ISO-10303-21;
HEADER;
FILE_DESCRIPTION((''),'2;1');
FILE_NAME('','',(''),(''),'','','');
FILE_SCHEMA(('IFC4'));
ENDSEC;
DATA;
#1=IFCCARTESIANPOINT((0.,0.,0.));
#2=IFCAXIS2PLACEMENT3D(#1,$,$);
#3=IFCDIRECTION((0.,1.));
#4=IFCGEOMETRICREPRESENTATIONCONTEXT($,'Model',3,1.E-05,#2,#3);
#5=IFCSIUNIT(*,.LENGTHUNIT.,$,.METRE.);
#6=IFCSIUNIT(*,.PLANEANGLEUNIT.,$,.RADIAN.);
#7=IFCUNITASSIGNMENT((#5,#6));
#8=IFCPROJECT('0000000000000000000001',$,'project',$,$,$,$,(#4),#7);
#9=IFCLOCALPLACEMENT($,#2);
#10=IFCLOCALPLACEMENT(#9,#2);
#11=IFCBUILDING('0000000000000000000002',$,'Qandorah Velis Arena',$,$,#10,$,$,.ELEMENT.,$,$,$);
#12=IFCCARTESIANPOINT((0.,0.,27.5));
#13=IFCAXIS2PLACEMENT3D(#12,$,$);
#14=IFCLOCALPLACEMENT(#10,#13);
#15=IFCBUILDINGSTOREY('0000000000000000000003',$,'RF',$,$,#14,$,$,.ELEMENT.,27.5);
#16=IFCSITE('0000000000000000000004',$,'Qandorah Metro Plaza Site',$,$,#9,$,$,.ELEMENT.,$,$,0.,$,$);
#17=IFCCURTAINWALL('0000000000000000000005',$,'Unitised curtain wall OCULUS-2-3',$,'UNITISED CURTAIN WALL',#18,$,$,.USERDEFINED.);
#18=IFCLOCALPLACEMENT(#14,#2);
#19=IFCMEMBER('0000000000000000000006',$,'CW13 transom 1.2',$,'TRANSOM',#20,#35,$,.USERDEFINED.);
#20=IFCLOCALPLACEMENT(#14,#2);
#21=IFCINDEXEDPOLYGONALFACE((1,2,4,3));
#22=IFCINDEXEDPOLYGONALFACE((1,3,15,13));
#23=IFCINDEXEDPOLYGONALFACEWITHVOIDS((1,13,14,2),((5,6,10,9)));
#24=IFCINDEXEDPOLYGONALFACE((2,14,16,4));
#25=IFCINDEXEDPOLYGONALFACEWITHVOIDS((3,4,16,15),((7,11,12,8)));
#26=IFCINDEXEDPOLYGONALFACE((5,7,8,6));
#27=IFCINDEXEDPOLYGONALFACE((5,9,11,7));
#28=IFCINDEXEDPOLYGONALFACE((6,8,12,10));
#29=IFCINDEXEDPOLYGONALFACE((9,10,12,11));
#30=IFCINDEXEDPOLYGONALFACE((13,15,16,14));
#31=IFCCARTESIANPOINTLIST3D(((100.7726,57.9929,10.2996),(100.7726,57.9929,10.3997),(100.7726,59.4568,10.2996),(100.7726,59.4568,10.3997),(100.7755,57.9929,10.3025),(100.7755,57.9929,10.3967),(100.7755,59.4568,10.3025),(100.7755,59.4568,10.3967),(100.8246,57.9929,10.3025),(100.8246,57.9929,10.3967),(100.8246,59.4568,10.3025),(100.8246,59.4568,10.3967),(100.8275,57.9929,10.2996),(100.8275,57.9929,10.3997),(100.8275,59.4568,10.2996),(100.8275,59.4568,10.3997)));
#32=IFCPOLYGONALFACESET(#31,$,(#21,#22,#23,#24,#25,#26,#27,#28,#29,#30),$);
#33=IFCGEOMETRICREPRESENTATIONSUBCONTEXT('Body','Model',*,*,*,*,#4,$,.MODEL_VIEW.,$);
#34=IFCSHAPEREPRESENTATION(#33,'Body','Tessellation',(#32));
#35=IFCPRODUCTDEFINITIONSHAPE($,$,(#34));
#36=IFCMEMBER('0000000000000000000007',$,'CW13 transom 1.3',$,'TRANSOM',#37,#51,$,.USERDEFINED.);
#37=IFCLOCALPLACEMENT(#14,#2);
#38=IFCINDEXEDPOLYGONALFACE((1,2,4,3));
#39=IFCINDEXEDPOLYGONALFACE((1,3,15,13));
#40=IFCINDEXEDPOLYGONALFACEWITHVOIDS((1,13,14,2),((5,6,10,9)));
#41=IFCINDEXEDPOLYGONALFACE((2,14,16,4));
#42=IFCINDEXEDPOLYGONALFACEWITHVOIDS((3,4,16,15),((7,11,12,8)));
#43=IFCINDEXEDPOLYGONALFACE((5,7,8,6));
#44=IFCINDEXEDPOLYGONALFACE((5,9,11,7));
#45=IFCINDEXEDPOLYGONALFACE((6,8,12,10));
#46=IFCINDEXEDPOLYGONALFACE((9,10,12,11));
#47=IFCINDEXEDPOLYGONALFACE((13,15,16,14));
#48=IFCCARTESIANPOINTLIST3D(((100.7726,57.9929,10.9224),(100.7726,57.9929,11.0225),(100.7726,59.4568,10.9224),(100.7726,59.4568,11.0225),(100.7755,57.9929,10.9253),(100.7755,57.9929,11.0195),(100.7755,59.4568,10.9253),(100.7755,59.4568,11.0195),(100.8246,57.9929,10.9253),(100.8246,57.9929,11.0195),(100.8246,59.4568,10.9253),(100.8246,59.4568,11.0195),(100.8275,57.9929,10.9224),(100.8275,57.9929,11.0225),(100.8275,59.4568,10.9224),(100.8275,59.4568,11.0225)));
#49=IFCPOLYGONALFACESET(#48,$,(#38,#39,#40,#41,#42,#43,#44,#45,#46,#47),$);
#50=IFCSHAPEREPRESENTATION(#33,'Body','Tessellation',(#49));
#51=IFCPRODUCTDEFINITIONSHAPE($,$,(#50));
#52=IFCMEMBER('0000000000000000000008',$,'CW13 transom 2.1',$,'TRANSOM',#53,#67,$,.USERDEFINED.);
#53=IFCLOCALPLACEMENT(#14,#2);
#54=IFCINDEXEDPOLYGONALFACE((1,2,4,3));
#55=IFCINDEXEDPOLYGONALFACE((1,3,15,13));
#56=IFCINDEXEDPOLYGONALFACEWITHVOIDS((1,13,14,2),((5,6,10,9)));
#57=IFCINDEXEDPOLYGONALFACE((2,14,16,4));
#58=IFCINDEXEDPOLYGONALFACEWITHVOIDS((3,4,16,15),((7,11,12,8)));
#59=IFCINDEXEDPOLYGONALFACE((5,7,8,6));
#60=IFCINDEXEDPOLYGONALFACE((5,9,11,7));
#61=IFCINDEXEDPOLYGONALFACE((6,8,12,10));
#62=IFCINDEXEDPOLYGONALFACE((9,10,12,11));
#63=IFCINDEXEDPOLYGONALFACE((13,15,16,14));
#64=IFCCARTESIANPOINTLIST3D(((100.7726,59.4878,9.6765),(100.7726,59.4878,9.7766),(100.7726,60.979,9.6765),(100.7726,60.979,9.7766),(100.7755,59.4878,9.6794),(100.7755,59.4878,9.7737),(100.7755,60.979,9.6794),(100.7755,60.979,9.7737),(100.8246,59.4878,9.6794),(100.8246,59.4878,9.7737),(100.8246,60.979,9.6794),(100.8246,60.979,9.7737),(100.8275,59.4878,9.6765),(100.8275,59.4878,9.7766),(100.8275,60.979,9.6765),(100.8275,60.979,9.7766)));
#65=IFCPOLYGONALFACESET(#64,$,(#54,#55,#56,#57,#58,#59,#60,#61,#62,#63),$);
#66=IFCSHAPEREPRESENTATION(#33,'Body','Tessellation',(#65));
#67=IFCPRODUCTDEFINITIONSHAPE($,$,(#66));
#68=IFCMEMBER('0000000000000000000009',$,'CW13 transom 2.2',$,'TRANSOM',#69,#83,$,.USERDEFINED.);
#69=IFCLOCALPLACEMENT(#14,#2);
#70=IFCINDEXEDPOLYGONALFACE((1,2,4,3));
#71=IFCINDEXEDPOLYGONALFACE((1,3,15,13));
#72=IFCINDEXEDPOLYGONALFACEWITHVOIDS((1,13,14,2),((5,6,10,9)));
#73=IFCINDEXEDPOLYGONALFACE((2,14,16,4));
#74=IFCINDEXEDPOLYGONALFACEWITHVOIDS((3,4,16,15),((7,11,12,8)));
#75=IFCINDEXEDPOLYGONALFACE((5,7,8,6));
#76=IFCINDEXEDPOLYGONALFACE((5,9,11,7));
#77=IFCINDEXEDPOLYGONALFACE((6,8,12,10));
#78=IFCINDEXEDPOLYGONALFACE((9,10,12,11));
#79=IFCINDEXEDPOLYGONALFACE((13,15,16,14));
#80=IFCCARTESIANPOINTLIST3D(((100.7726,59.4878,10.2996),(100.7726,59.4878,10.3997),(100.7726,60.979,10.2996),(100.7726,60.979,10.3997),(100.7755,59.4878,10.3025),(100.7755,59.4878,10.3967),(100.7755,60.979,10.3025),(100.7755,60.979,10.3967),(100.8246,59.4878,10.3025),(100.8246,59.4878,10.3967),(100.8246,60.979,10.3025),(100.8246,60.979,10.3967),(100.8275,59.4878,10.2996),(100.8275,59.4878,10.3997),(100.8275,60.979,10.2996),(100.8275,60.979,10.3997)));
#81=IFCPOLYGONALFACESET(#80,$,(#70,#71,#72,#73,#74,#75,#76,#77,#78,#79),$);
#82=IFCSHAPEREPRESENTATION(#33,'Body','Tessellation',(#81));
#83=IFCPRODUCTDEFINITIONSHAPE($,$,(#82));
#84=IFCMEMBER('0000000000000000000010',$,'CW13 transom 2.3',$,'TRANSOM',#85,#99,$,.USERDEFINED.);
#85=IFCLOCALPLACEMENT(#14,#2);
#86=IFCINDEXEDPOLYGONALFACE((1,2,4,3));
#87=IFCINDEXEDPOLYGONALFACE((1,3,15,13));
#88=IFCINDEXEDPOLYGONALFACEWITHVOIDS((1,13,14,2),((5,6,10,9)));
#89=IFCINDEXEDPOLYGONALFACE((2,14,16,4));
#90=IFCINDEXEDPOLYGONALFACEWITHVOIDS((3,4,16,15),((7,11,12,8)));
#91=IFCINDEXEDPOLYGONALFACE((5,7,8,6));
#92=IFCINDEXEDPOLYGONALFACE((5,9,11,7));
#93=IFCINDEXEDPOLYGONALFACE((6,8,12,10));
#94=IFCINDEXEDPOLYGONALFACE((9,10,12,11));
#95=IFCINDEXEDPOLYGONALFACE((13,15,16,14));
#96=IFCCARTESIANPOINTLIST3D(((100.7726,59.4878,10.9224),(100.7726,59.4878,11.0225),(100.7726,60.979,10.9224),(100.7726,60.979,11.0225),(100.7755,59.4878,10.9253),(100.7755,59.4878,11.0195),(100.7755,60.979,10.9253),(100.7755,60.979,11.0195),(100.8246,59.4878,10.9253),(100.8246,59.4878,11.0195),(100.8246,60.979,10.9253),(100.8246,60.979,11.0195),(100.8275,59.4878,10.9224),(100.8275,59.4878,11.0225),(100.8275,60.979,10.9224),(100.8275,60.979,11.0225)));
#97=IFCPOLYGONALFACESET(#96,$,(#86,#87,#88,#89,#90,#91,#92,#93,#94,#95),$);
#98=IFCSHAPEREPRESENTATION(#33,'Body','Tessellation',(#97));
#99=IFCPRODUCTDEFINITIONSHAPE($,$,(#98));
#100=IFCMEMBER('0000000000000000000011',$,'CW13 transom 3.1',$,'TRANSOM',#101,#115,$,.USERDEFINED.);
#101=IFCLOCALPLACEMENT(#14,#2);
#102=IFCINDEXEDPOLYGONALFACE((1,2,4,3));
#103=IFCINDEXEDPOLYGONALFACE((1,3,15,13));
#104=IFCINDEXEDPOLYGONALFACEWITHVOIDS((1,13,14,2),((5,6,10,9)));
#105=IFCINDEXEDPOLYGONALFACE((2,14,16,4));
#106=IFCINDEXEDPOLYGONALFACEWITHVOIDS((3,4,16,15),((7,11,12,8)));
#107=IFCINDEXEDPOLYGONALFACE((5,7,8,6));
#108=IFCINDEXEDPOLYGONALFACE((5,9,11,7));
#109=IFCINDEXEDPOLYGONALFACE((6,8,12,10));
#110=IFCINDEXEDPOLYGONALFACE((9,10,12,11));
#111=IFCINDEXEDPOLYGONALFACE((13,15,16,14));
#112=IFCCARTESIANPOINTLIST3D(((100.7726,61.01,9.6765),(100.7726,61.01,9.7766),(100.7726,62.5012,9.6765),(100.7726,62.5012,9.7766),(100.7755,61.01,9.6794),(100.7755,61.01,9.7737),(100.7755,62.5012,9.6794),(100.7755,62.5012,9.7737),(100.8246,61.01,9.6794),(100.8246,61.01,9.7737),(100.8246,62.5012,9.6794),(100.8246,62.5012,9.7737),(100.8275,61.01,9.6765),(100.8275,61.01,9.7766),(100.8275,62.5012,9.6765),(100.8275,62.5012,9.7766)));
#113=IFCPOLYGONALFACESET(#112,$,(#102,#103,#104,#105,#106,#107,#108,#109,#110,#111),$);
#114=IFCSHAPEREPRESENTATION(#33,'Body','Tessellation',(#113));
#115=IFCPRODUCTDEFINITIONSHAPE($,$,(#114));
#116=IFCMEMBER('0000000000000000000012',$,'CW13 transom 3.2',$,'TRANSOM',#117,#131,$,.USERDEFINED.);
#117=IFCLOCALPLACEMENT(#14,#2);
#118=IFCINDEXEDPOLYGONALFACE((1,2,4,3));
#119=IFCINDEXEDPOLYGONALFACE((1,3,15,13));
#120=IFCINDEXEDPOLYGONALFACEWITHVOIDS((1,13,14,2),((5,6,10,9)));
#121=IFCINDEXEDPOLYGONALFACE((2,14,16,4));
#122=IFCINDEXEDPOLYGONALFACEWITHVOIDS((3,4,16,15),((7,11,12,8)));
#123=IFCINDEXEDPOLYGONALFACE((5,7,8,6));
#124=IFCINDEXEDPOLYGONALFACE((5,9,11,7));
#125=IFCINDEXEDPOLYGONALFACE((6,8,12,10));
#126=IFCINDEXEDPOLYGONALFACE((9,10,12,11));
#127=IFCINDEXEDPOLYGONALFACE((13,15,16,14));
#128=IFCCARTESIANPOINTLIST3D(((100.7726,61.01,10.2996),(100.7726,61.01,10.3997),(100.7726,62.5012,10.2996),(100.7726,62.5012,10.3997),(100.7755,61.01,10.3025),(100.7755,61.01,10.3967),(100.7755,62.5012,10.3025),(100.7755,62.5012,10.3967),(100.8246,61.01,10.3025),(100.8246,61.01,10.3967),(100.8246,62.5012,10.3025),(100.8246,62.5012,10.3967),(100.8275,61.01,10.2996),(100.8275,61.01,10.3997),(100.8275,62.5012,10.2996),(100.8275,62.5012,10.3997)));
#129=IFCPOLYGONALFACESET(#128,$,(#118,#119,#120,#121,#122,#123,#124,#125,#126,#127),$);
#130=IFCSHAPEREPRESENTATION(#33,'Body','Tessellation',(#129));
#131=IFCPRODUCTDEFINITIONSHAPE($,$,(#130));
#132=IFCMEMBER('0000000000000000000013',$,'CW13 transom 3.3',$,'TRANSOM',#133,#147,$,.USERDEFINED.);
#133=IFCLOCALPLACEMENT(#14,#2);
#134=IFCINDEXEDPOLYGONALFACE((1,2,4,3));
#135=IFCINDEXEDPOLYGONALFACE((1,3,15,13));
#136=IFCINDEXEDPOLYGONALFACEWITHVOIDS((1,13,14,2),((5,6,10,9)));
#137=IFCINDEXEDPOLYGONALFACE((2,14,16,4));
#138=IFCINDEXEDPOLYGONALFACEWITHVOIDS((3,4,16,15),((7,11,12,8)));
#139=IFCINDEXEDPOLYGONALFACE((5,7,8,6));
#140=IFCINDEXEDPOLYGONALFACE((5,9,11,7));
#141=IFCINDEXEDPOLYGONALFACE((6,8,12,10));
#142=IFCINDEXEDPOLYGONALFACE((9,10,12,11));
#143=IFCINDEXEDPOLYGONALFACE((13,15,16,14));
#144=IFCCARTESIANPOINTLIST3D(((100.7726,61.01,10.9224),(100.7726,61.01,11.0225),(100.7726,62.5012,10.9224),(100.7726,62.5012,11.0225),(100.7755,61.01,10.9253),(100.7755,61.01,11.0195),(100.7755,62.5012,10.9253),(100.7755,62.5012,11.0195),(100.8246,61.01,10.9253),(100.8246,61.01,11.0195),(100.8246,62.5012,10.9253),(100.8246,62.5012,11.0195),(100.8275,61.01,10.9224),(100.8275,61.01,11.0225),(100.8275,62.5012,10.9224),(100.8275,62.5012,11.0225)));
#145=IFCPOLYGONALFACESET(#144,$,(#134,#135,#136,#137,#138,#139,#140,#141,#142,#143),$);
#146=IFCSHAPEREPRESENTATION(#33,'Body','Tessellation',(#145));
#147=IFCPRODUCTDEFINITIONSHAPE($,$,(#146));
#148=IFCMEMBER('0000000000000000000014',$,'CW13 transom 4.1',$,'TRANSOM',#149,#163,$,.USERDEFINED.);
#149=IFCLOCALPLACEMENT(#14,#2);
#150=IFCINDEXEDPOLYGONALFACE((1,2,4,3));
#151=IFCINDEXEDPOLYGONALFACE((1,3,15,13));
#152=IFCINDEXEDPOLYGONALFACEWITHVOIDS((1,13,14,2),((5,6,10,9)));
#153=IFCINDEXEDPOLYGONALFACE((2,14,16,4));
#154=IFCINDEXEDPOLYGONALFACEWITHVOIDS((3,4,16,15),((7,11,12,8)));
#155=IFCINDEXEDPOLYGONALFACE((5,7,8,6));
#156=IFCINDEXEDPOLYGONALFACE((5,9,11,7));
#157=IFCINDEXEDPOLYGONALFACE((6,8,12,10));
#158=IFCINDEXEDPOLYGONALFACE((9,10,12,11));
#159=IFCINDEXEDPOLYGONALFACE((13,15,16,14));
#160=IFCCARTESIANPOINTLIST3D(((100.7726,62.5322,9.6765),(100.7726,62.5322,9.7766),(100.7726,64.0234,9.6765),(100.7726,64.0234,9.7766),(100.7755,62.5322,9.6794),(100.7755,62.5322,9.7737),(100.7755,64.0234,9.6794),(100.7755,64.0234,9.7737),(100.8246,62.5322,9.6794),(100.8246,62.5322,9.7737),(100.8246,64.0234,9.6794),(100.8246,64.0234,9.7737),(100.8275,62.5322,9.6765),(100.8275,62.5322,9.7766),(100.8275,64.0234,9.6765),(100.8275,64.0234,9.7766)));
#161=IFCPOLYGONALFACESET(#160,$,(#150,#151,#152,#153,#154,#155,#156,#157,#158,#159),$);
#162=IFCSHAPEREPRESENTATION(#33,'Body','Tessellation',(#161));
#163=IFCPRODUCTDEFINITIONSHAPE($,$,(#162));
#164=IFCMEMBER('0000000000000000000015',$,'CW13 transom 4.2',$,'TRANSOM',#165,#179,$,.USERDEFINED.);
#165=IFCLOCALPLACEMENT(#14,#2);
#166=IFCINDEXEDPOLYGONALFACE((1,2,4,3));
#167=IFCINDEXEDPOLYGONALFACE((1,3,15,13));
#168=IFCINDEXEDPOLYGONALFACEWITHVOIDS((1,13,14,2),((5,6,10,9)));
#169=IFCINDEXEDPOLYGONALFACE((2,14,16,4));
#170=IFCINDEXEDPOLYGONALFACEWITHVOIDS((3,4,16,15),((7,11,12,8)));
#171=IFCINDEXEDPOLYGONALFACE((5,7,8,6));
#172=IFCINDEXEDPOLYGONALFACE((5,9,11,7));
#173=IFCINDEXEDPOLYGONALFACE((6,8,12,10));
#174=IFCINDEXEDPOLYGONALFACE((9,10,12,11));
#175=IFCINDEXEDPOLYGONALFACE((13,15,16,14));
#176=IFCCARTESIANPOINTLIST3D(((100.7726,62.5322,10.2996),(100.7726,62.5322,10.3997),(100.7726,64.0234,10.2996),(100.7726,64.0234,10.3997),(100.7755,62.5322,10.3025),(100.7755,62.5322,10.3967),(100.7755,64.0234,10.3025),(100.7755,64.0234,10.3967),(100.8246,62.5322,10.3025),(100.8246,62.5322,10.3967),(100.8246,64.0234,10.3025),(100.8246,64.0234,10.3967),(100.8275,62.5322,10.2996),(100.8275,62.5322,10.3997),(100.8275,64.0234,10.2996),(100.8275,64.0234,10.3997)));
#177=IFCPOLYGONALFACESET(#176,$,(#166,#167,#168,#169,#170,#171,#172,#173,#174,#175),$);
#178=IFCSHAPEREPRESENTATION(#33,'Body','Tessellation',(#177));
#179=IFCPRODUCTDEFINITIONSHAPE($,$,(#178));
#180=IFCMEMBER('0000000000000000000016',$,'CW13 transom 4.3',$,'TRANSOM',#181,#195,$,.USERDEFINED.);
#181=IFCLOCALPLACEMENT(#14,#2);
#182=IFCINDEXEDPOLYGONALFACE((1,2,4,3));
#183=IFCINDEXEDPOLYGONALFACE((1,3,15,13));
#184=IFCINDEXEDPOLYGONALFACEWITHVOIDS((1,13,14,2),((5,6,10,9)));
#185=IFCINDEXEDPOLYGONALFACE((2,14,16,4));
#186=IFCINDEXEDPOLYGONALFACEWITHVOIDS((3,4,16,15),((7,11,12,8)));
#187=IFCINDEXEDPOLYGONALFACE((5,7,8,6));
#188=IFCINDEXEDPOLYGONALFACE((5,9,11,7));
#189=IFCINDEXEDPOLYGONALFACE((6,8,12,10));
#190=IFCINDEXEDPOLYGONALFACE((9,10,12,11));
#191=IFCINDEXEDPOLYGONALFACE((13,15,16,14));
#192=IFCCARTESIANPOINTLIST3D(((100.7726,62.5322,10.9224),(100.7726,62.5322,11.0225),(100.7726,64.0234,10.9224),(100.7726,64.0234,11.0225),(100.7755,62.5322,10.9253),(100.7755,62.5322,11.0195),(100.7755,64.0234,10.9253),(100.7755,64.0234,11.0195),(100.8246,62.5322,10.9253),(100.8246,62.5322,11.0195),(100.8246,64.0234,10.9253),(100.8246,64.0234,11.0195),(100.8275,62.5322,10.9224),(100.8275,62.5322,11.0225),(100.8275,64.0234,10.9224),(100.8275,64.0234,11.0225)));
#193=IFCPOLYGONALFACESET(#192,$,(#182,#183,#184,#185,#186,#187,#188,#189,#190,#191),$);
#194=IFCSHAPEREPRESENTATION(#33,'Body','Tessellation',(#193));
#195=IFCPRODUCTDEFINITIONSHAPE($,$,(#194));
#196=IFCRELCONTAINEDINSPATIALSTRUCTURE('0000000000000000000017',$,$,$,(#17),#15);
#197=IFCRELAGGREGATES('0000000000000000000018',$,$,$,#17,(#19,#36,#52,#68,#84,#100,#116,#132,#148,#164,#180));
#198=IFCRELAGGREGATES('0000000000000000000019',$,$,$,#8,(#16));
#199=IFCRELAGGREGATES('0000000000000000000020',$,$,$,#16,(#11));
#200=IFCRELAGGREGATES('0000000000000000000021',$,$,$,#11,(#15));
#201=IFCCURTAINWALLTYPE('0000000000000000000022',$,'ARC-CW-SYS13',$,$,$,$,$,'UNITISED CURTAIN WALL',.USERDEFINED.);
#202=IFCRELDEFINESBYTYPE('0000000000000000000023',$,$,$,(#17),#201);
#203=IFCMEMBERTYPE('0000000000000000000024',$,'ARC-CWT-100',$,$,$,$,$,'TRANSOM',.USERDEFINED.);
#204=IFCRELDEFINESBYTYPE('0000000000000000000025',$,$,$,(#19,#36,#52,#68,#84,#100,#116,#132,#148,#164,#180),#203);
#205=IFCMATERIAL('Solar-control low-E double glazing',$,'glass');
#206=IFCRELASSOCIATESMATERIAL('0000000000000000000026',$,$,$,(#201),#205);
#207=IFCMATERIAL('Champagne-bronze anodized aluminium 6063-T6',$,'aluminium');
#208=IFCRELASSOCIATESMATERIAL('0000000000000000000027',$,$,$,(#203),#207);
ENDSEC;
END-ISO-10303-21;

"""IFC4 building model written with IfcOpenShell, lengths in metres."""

from ifc_helpers import new_model, si_unit, direction, frame, origin, origin_2d, place, context, subcontext, project, spatial, hollow_rectangle, extrude, material, material_profile, profile_set, type_object, element, aggregate, save


model = new_model("IFC4")

# Units and contexts
model_context = context("Model", 3, precision=1e-05, world=origin(), true_north=direction((0.0, 1.0)))
body_context = subcontext(model_context, "Body", "Model", "MODEL_VIEW")
ifc_project = project(units=[si_unit("LENGTHUNIT", "METRE"), si_unit("PLANEANGLEUNIT", "RADIAN")], contexts=[model_context])

# Site, building, storey
site_placement = place(None, origin())
site = spatial("IfcSite", under=ifc_project, at=site_placement, Name="Qandorah Metro Plaza Site", CompositionType="ELEMENT", RefElevation=0.0)
building_placement = place(site_placement, origin())
building = spatial("IfcBuilding", under=site, at=building_placement, Name="Qandorah Velis Arena", CompositionType="ELEMENT")
storey_placement = place(building_placement, frame((0.0, 0.0, 27.5)))
storey = spatial("IfcBuildingStorey", under=building, at=storey_placement, Name="RF", CompositionType="ELEMENT", Elevation=27.5)

# Curtain wall
ifc_material_1 = material(Name="Solar-control low-E double glazing", Category="glass")
ifc_material_2 = material(Name="Champagne-bronze anodized aluminium 6063-T6", Category="aluminium")
curtain_wall_type_1 = type_object("IfcCurtainWallType", Name="ARC-CW-SYS13", ElementType="UNITISED CURTAIN WALL", PredefinedType="USERDEFINED", material=ifc_material_1)
curtain_wall_1_placement = place(storey_placement, origin())
curtain_wall_1 = element("IfcCurtainWall", 1, at=curtain_wall_1_placement, inside=storey, type_object=curtain_wall_type_1, Name="Unitised curtain wall OCULUS-2-3", ObjectType="UNITISED CURTAIN WALL", PredefinedType="USERDEFINED")

# Members
ifc_material_profile_1 = material_profile(ifc_material_2, hollow_rectangle(XDim=0.0549, YDim=0.1001, WallThickness=0.0029, at=origin_2d()), Name="ALU TRANSOM 55x100")
ifc_profile_set_1 = profile_set([ifc_material_profile_1], Name="Champagne-bronze anodized aluminium 6063-T6")
member_type_1 = type_object("IfcMemberType", Name="ARC-CWT-100", ElementType="TRANSOM", PredefinedType="USERDEFINED", material=ifc_profile_set_1)
member_1_placement = place(storey_placement, frame((100.8, 57.9929, 10.3496), z_axis=(0.0, 1.0, 0.0), x_axis=(-1.0, 0.0, 0.0)))
member_1 = element("IfcMember", 2, at=member_1_placement, type_object=member_type_1, Name="CW13 transom 1.2", ObjectType="TRANSOM", PredefinedType="USERDEFINED", context=body_context, shape_type="SweptSolid", body=[
    extrude(hollow_rectangle(XDim=0.0549, YDim=0.1001, WallThickness=0.0029, at=origin_2d()), origin(), (0.0, 0.0, 1.0), 1.4639),
])
member_2_placement = place(storey_placement, frame((100.8, 57.9929, 10.9724), z_axis=(0.0, 1.0, 0.0), x_axis=(-1.0, 0.0, 0.0)))
member_2 = element("IfcMember", 3, at=member_2_placement, type_object=member_type_1, Name="CW13 transom 1.3", ObjectType="TRANSOM", PredefinedType="USERDEFINED", context=body_context, shape_type="SweptSolid", body=[
    extrude(hollow_rectangle(XDim=0.0549, YDim=0.1001, WallThickness=0.0029, at=origin_2d()), origin(), (0.0, 0.0, 1.0), 1.4639),
])
member_3_placement = place(storey_placement, frame((100.8, 59.4878, 9.7266), z_axis=(0.0, 1.0, 0.0), x_axis=(-1.0, 0.0, 0.0)))
member_3 = element("IfcMember", 4, at=member_3_placement, type_object=member_type_1, Name="CW13 transom 2.1", ObjectType="TRANSOM", PredefinedType="USERDEFINED", context=body_context, shape_type="SweptSolid", body=[
    extrude(hollow_rectangle(XDim=0.0549, YDim=0.1001, WallThickness=0.0029, at=origin_2d()), origin(), (0.0, 0.0, 1.0), 1.4912),
])
member_4_placement = place(storey_placement, frame((100.8, 59.4878, 10.3496), z_axis=(0.0, 1.0, 0.0), x_axis=(-1.0, 0.0, 0.0)))
member_4 = element("IfcMember", 5, at=member_4_placement, type_object=member_type_1, Name="CW13 transom 2.2", ObjectType="TRANSOM", PredefinedType="USERDEFINED", context=body_context, shape_type="SweptSolid", body=[
    extrude(hollow_rectangle(XDim=0.0549, YDim=0.1001, WallThickness=0.0029, at=origin_2d()), origin(), (0.0, 0.0, 1.0), 1.4912),
])
member_5_placement = place(storey_placement, frame((100.8, 59.4878, 10.9724), z_axis=(0.0, 1.0, 0.0), x_axis=(-1.0, 0.0, 0.0)))
member_5 = element("IfcMember", 6, at=member_5_placement, type_object=member_type_1, Name="CW13 transom 2.3", ObjectType="TRANSOM", PredefinedType="USERDEFINED", context=body_context, shape_type="SweptSolid", body=[
    extrude(hollow_rectangle(XDim=0.0549, YDim=0.1001, WallThickness=0.0029, at=origin_2d()), origin(), (0.0, 0.0, 1.0), 1.4912),
])
member_6_placement = place(storey_placement, frame((100.8, 61.01, 9.7266), z_axis=(0.0, 1.0, 0.0), x_axis=(-1.0, 0.0, 0.0)))
member_6 = element("IfcMember", 7, at=member_6_placement, type_object=member_type_1, Name="CW13 transom 3.1", ObjectType="TRANSOM", PredefinedType="USERDEFINED", context=body_context, shape_type="SweptSolid", body=[
    extrude(hollow_rectangle(XDim=0.0549, YDim=0.1001, WallThickness=0.0029, at=origin_2d()), origin(), (0.0, 0.0, 1.0), 1.4912),
])
member_7_placement = place(storey_placement, frame((100.8, 61.01, 10.3496), z_axis=(0.0, 1.0, 0.0), x_axis=(-1.0, 0.0, 0.0)))
member_7 = element("IfcMember", 8, at=member_7_placement, type_object=member_type_1, Name="CW13 transom 3.2", ObjectType="TRANSOM", PredefinedType="USERDEFINED", context=body_context, shape_type="SweptSolid", body=[
    extrude(hollow_rectangle(XDim=0.0549, YDim=0.1001, WallThickness=0.0029, at=origin_2d()), origin(), (0.0, 0.0, 1.0), 1.4912),
])
member_8_placement = place(storey_placement, frame((100.8, 61.01, 10.9724), z_axis=(0.0, 1.0, 0.0), x_axis=(-1.0, 0.0, 0.0)))
member_8 = element("IfcMember", 9, at=member_8_placement, type_object=member_type_1, Name="CW13 transom 3.3", ObjectType="TRANSOM", PredefinedType="USERDEFINED", context=body_context, shape_type="SweptSolid", body=[
    extrude(hollow_rectangle(XDim=0.0549, YDim=0.1001, WallThickness=0.0029, at=origin_2d()), origin(), (0.0, 0.0, 1.0), 1.4912),
])
member_9_placement = place(storey_placement, frame((100.8, 62.5322, 9.7266), z_axis=(0.0, 1.0, 0.0), x_axis=(-1.0, 0.0, 0.0)))
member_9 = element("IfcMember", 10, at=member_9_placement, type_object=member_type_1, Name="CW13 transom 4.1", ObjectType="TRANSOM", PredefinedType="USERDEFINED", context=body_context, shape_type="SweptSolid", body=[
    extrude(hollow_rectangle(XDim=0.0549, YDim=0.1001, WallThickness=0.0029, at=origin_2d()), origin(), (0.0, 0.0, 1.0), 1.4912),
])
member_10_placement = place(storey_placement, frame((100.8, 62.5322, 10.3496), z_axis=(0.0, 1.0, 0.0), x_axis=(-1.0, 0.0, 0.0)))
member_10 = element("IfcMember", 11, at=member_10_placement, type_object=member_type_1, Name="CW13 transom 4.2", ObjectType="TRANSOM", PredefinedType="USERDEFINED", context=body_context, shape_type="SweptSolid", body=[
    extrude(hollow_rectangle(XDim=0.0549, YDim=0.1001, WallThickness=0.0029, at=origin_2d()), origin(), (0.0, 0.0, 1.0), 1.4912),
])
member_11_placement = place(storey_placement, frame((100.8, 62.5322, 10.9724), z_axis=(0.0, 1.0, 0.0), x_axis=(-1.0, 0.0, 0.0)))
member_11 = element("IfcMember", 12, at=member_11_placement, type_object=member_type_1, Name="CW13 transom 4.3", ObjectType="TRANSOM", PredefinedType="USERDEFINED", context=body_context, shape_type="SweptSolid", body=[
    extrude(hollow_rectangle(XDim=0.0549, YDim=0.1001, WallThickness=0.0029, at=origin_2d()), origin(), (0.0, 0.0, 1.0), 1.4912),
])

aggregate(curtain_wall_1, [member_1, member_2, member_3, member_4, member_5, member_6, member_7, member_8, member_9, member_10, member_11])

save(model, "model.ifc")
